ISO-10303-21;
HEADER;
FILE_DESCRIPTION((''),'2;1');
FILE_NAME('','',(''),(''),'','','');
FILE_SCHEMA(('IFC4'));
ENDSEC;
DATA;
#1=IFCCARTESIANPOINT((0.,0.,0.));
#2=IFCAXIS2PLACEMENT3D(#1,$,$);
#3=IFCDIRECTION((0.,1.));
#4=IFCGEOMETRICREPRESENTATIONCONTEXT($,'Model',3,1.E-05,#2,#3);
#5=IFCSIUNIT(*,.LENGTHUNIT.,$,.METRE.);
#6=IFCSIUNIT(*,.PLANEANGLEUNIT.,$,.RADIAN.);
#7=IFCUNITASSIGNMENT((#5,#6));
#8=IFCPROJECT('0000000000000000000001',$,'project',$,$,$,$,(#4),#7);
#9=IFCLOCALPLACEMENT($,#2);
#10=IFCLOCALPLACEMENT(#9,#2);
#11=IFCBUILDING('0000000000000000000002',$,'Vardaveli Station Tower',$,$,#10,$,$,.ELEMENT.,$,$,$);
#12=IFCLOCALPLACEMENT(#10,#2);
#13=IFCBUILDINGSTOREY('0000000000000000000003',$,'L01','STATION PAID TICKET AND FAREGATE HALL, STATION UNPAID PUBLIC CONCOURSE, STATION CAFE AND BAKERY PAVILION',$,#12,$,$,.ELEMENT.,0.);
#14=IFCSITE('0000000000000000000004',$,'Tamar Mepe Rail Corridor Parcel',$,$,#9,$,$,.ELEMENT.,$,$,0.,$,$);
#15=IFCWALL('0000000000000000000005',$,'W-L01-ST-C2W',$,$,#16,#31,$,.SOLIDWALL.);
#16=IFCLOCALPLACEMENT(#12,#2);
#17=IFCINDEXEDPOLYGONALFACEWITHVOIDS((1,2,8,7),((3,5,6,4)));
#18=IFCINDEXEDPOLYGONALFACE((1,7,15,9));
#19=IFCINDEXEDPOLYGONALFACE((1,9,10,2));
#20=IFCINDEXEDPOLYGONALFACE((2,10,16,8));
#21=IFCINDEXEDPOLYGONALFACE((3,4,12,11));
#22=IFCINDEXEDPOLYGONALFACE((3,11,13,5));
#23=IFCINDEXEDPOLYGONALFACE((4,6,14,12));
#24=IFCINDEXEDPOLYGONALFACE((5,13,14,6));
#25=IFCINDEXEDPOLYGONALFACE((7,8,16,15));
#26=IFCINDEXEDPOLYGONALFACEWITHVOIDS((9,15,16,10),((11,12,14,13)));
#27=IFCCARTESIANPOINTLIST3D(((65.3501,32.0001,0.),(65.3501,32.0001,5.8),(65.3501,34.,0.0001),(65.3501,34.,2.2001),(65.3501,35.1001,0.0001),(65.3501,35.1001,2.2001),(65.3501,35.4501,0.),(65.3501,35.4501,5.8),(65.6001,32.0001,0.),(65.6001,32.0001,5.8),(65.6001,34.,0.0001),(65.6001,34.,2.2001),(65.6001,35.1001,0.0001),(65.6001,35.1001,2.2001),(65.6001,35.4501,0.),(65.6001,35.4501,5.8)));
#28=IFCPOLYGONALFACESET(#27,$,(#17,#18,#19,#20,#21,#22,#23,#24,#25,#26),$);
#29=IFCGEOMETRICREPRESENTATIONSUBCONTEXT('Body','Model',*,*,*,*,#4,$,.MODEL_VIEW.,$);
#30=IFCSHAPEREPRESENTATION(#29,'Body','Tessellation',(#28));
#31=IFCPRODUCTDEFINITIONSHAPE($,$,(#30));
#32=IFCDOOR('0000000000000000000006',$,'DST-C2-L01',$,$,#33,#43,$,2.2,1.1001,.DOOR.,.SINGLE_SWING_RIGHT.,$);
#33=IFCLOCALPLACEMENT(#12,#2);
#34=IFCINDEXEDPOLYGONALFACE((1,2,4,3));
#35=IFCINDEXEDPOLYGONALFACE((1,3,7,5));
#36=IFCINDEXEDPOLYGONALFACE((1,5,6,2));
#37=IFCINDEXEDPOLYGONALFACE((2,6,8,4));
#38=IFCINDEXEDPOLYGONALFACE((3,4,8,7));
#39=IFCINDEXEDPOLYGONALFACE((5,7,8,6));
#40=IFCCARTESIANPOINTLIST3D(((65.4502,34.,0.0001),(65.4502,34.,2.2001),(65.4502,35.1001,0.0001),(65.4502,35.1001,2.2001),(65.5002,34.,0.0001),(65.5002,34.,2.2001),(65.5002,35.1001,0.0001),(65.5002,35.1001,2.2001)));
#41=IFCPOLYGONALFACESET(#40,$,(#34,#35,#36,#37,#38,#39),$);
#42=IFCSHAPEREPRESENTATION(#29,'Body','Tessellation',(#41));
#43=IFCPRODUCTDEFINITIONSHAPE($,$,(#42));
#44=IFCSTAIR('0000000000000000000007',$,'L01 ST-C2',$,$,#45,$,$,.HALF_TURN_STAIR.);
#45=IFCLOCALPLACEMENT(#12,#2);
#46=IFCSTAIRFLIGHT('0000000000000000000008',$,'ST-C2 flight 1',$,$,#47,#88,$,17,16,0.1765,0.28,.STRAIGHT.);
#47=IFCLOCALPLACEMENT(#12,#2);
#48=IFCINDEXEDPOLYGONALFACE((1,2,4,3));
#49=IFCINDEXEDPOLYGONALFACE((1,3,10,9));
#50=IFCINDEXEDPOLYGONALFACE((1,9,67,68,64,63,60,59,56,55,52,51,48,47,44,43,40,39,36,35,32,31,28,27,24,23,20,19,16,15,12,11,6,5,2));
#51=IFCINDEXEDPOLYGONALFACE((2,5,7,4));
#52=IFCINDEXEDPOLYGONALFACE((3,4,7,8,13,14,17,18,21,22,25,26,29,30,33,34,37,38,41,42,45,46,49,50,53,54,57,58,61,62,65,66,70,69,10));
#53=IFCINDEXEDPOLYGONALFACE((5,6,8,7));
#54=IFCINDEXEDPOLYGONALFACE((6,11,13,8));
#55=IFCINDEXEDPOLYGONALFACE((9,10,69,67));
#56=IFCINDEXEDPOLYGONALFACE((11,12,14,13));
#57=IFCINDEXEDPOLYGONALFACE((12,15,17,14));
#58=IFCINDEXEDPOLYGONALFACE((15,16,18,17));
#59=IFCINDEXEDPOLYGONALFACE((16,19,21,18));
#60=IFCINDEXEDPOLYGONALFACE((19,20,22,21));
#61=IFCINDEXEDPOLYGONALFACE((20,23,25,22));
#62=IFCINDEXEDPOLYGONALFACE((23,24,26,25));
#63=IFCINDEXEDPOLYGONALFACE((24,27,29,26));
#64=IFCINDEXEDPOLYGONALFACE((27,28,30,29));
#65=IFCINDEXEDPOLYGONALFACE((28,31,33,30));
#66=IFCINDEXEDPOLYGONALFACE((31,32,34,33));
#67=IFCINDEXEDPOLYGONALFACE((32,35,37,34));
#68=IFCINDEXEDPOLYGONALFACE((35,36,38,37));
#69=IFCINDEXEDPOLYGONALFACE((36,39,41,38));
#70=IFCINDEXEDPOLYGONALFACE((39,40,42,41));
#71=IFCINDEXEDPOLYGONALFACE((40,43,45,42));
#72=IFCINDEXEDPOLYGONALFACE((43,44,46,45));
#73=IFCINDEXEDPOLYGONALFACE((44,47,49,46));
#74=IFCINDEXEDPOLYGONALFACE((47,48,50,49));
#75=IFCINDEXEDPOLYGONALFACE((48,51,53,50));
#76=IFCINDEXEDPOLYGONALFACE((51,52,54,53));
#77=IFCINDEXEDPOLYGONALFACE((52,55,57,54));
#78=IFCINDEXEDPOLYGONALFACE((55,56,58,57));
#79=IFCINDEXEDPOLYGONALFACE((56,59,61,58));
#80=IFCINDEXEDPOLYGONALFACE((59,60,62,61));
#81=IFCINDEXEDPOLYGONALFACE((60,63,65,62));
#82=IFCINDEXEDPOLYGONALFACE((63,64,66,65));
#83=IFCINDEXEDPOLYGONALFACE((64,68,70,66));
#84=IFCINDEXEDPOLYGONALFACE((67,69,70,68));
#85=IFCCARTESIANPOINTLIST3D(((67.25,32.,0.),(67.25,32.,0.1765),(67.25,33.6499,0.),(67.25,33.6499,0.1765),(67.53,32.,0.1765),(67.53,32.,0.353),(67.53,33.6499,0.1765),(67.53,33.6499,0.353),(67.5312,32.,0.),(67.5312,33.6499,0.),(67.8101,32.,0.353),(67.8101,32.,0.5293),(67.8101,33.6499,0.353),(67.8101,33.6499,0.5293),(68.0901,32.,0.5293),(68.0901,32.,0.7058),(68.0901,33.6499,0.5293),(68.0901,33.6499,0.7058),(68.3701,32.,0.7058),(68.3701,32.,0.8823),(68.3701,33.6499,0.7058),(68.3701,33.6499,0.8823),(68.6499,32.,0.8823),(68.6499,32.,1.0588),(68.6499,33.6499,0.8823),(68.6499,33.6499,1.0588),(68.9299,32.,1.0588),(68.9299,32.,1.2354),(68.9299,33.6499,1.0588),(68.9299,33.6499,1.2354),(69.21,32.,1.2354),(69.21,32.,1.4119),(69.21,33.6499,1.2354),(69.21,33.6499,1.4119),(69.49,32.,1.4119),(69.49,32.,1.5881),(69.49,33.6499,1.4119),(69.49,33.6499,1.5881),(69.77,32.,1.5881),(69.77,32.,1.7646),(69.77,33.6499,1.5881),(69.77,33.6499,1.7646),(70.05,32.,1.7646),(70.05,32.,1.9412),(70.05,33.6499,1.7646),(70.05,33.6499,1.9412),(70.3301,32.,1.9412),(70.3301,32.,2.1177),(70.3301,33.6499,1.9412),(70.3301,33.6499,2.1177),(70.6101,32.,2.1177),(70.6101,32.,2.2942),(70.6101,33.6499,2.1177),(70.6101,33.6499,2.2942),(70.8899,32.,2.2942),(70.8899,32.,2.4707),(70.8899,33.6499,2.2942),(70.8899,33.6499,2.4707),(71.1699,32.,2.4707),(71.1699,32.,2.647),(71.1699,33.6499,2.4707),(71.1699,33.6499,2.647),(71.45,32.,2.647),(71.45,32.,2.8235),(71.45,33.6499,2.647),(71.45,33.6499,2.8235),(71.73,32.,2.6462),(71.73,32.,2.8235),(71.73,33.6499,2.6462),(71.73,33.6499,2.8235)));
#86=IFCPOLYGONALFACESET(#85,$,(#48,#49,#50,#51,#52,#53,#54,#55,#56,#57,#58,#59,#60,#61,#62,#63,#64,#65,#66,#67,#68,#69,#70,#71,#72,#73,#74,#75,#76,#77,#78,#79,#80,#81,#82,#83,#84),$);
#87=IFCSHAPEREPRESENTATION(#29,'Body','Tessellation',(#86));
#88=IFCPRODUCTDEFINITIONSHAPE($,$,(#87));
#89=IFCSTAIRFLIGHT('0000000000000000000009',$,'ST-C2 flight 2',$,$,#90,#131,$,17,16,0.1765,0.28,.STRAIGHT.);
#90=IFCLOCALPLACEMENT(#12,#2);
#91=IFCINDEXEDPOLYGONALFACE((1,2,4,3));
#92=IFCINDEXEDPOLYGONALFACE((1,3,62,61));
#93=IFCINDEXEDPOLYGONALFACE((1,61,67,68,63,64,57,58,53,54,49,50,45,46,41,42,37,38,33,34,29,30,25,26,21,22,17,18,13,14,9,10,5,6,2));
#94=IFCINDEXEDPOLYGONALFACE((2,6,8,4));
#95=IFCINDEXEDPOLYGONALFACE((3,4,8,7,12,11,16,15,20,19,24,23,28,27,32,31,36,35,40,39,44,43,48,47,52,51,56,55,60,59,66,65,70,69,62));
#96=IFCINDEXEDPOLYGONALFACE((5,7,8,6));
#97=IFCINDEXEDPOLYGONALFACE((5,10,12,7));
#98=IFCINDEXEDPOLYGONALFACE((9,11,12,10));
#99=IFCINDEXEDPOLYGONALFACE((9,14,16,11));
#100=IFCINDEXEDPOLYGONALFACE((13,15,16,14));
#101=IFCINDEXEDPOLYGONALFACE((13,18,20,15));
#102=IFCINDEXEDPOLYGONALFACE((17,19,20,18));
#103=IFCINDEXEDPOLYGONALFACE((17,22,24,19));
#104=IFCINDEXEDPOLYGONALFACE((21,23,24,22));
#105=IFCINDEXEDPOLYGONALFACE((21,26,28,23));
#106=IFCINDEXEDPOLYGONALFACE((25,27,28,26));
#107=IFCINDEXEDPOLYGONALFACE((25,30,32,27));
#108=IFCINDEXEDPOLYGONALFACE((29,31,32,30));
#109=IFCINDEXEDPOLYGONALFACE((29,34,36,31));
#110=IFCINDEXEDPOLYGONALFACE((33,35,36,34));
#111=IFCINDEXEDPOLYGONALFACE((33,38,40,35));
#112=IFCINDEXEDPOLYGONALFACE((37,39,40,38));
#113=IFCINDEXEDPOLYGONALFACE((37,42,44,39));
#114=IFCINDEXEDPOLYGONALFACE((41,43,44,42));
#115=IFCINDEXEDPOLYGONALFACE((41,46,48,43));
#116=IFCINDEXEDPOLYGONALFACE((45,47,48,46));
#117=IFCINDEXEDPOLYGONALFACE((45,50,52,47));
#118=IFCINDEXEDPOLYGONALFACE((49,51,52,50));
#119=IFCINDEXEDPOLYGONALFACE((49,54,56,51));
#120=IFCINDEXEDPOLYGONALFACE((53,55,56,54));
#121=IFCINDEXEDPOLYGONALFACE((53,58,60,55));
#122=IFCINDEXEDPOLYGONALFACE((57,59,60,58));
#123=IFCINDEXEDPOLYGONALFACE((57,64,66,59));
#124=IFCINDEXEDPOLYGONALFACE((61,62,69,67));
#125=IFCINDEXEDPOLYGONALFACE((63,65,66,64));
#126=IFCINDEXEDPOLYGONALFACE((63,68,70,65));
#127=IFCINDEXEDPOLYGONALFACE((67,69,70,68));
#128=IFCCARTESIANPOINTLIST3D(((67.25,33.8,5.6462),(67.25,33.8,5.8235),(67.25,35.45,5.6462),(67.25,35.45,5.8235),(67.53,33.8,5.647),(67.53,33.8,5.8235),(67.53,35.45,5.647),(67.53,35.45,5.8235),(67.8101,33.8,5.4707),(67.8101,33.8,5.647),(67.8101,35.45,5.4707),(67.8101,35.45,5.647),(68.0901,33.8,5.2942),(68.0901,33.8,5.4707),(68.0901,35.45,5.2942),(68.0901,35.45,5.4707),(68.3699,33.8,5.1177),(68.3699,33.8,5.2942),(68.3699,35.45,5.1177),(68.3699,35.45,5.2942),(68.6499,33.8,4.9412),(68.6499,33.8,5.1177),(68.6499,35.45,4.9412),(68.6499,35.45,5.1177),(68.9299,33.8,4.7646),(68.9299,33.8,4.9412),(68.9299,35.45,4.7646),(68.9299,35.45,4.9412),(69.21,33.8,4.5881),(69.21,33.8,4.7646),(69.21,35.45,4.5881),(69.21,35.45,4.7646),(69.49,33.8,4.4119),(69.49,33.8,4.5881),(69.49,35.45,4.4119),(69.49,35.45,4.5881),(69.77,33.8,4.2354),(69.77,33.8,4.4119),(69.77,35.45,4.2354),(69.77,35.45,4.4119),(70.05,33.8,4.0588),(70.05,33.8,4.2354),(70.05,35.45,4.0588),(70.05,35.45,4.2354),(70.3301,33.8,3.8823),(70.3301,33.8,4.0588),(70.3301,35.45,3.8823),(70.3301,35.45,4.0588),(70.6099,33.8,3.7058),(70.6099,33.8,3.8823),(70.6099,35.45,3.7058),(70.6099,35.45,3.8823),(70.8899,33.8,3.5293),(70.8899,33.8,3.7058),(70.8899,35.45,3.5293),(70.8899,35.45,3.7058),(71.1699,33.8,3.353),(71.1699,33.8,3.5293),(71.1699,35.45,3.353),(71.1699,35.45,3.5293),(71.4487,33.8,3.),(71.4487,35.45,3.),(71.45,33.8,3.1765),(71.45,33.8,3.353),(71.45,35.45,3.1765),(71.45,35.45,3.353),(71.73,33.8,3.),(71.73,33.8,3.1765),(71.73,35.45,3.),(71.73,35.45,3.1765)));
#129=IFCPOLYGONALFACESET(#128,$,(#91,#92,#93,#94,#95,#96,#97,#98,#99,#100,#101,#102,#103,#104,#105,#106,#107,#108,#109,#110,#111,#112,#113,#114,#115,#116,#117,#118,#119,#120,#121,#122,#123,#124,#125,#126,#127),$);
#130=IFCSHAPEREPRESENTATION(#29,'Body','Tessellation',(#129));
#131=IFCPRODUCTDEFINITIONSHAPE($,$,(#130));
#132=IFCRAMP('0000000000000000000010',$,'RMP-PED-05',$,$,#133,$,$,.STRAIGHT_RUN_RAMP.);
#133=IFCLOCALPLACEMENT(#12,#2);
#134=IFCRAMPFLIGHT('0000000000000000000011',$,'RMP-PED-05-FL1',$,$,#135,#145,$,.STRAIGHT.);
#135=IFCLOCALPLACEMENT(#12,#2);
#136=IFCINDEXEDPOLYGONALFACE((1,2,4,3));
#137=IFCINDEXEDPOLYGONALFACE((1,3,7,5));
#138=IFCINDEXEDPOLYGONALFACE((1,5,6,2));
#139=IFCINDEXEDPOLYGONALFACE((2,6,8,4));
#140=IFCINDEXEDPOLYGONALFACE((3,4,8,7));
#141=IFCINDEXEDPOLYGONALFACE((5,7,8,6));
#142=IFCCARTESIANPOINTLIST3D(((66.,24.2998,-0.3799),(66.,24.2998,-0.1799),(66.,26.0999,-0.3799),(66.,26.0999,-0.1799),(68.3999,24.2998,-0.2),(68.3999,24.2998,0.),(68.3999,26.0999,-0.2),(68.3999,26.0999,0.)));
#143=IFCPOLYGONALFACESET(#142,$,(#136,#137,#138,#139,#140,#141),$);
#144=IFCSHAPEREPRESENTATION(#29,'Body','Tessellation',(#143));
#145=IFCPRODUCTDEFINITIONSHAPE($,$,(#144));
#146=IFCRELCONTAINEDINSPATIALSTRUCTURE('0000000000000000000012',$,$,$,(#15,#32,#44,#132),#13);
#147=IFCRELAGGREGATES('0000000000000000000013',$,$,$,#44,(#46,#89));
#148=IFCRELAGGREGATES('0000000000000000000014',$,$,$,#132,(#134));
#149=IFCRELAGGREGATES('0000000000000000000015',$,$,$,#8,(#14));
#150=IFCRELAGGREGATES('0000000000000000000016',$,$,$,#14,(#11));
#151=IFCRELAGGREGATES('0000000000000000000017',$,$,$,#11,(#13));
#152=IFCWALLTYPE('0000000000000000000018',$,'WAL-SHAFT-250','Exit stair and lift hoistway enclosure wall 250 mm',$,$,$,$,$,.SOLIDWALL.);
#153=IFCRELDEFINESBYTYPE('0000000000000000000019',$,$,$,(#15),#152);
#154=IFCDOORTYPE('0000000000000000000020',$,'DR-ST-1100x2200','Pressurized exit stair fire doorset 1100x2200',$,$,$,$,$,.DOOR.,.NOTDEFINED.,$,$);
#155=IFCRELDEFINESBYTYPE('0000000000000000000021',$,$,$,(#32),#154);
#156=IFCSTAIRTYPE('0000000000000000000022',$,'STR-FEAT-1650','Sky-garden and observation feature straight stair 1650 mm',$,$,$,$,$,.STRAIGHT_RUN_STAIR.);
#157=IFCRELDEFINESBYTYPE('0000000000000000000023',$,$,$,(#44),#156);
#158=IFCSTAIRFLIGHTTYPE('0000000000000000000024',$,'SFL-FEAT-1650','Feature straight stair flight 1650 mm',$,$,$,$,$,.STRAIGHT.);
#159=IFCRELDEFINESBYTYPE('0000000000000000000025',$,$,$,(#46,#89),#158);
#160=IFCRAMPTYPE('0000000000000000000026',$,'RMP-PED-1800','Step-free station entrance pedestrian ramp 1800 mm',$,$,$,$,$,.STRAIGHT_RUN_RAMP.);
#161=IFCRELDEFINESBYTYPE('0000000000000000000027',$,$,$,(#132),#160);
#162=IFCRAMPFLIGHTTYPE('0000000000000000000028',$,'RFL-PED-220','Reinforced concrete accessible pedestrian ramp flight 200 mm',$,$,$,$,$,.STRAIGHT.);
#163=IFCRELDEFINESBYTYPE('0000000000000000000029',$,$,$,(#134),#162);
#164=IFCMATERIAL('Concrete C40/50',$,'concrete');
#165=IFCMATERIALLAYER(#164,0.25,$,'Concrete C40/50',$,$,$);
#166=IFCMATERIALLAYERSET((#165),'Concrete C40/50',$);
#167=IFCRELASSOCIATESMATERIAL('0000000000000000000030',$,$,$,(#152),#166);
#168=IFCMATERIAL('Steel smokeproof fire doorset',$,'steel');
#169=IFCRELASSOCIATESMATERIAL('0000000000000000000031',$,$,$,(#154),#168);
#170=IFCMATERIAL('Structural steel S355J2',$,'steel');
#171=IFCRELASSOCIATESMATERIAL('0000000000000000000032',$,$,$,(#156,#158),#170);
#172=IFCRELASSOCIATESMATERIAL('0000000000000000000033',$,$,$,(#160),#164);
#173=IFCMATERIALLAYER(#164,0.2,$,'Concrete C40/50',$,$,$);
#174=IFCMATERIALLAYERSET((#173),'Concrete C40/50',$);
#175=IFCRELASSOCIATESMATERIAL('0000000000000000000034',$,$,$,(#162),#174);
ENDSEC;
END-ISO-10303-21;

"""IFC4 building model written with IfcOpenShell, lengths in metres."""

from ifc_helpers import new_model, si_unit, direction, frame, frame_2d, origin, place, context, subcontext, project, spatial, polyline, rectangle, outline, extrude, source, transform, mapped, material, layer, layer_set, type_object, element, fill, aggregate, save


model = new_model("IFC4")

# Units and contexts
model_context = context("Model", 3, precision=1e-05, world=origin(), true_north=direction((0.0, 1.0)))
body_context = subcontext(model_context, "Body", "Model", "MODEL_VIEW")
ifc_project = project(units=[si_unit("LENGTHUNIT", "METRE"), si_unit("PLANEANGLEUNIT", "RADIAN")], contexts=[model_context])

# Site, building, storey
site_placement = place(None, origin())
site = spatial("IfcSite", under=ifc_project, at=site_placement, Name="Tamar Mepe Rail Corridor Parcel", CompositionType="ELEMENT", RefElevation=0.0)
building_placement = place(site_placement, origin())
building = spatial("IfcBuilding", under=site, at=building_placement, Name="Vardaveli Station Tower", CompositionType="ELEMENT")
storey_placement = place(building_placement, origin())
storey = spatial("IfcBuildingStorey", under=building, at=storey_placement, Name="L01", Description="STATION PAID TICKET AND FAREGATE HALL, STATION UNPAID PUBLIC CONCOURSE, STATION CAFE AND BAKERY PAVILION", CompositionType="ELEMENT", Elevation=0.0)

# Shared definitions
ifc_material_1 = material(Name="Structural steel S355J2", Category="steel")

# Shared definitions
ifc_material_2 = material(Name="Concrete C40/50", Category="concrete")
ifc_layer_1 = layer(ifc_material_2, 0.25, Name="Concrete C40/50")
ifc_layer_set_1 = layer_set([ifc_layer_1], Name="Concrete C40/50")
wall_type = type_object("IfcWallType", Name="WAL-SHAFT-250", Description="Exit stair and lift hoistway enclosure wall 250 mm", PredefinedType="SOLIDWALL", material=ifc_layer_set_1)
shared_shape_1 = source(origin(), body_context, "Body", "SweptSolid", [
    extrude(rectangle(XDim=3.45, YDim=0.25, at=frame_2d((1.7251, 0.0))), origin(), (0.0, 0.0, 1.0), 5.8),
])

# Wall, opening, door
wall_1_placement = place(storey_placement, frame((65.4751, 32.0, 0.0), z_axis=(0.0, 0.0, 1.0), x_axis=(0.0, 1.0, 0.0)))
wall_1 = element("IfcWall", 1, at=wall_1_placement, inside=storey, type_object=wall_type, Name="W-L01-ST-C2W", PredefinedType="SOLIDWALL", context=body_context, shape_type="MappedRepresentation", body=[
    mapped(shared_shape_1, transform((0.0, 0.0, 0.0), scale=1.0)),
])
shared_shape_2 = source(origin(), body_context, "Body", "SweptSolid", [
    extrude(rectangle(XDim=1.1001, YDim=2.2, at=frame_2d((0.55, 1.1001))), frame((0.0, 0.135, 0.0), z_axis=(0.0, -1.0, 0.0), x_axis=(1.0, 0.0, 0.0)), (0.0, 0.0, 1.0), 0.27),
])
opening_placement = place(wall_1_placement, frame((2.0, 0.0, 0.0)))
opening = element("IfcOpeningElement", 2, at=opening_placement, cuts=wall_1, PredefinedType="OPENING", context=body_context, shape_type="MappedRepresentation", body=[
    mapped(shared_shape_2, transform((0.0, 0.0, 0.0), scale=1.0)),
])
ifc_material_3 = material(Name="Steel smokeproof fire doorset", Category="steel")
door_type = type_object("IfcDoorType", Name="DR-ST-1100x2200", Description="Pressurized exit stair fire doorset 1100x2200", OperationType="NOTDEFINED", PredefinedType="DOOR", material=ifc_material_3)
shared_shape_3 = source(origin(), body_context, "Body", "SweptSolid", [
    extrude(rectangle(XDim=1.1001, YDim=2.2, at=frame_2d((0.55, 1.1001))), frame((0.0, 0.0249, 0.0), z_axis=(0.0, -1.0, 0.0), x_axis=(1.0, 0.0, 0.0)), (0.0, 0.0, 1.0), 0.05),
])
door_placement = place(opening_placement, origin())
door = element("IfcDoor", 3, at=door_placement, inside=storey, type_object=door_type, Name="DST-C2-L01", OperationType="SINGLE_SWING_RIGHT", OverallHeight=2.2, OverallWidth=1.1001, PredefinedType="DOOR", context=body_context, shape_type="MappedRepresentation", body=[
    mapped(shared_shape_3, transform((0.0, 0.0, 0.0), scale=1.0)),
])
fill(opening, door)

# Stair, stair flights
stair_type = type_object("IfcStairType", Name="STR-FEAT-1650", Description="Sky-garden and observation feature straight stair 1650 mm", PredefinedType="STRAIGHT_RUN_STAIR", material=ifc_material_1)
stair_placement = place(storey_placement, origin())
stair = element("IfcStair", 4, at=stair_placement, inside=storey, type_object=stair_type, Name="L01 ST-C2", PredefinedType="HALF_TURN_STAIR")
stair_flight_type = type_object("IfcStairFlightType", Name="SFL-FEAT-1650", Description="Feature straight stair flight 1650 mm", PredefinedType="STRAIGHT", material=ifc_material_1)
shared_shape_4 = source(origin(), body_context, "Body", "SweptSolid", [
    extrude(outline(polyline([(0.0, 0.0), (0.0, 0.1765), (0.28, 0.1765), (0.28, 0.353), (0.5601, 0.353), (0.5601, 0.5293), (0.8401, 0.5293), (0.8401, 0.7058), (1.1201, 0.7058), (1.1201, 0.8823), (1.3999, 0.8823), (1.3999, 1.0588), (1.6799, 1.0588), (1.6799, 1.2354), (1.96, 1.2354), (1.96, 1.4119), (2.24, 1.4119), (2.24, 1.5881), (2.52, 1.5881), (2.52, 1.7646), (2.8, 1.7646), (2.8, 1.9412), (3.0801, 1.9412), (3.0801, 2.1177), (3.3601, 2.1177), (3.3601, 2.2942), (3.6399, 2.2942), (3.6399, 2.4707), (3.9199, 2.4707), (3.9199, 2.647), (4.2, 2.647), (4.2, 2.8235), (4.48, 2.8235), (4.48, 3.0), (4.48, 2.6462), (0.2812, 0.0), (0.0, 0.0)])), frame((0.0, 0.825, 0.0), z_axis=(0.0, -1.0, 0.0), x_axis=(1.0, 0.0, 0.0)), (0.0, 0.0, 1.0), 1.6499),
])
stair_flight_1_placement = place(storey_placement, frame((67.25, 32.825, 0.0), z_axis=(0.0, 0.0, 1.0), x_axis=(1.0, 0.0, 0.0)))
stair_flight_1 = element("IfcStairFlight", 5, at=stair_flight_1_placement, type_object=stair_flight_type, Name="ST-C2 flight 1", NumberOfRisers=17, NumberOfTreads=16, PredefinedType="STRAIGHT", RiserHeight=0.1765, TreadLength=0.28, context=body_context, shape_type="MappedRepresentation", body=[
    mapped(shared_shape_4, transform((0.0, 0.0, 0.0), scale=1.0)),
])
stair_flight_2_placement = place(storey_placement, frame((71.73, 34.625, 3.0), z_axis=(0.0, 0.0, 1.0), x_axis=(-1.0, 0.0, 0.0)))
stair_flight_2 = element("IfcStairFlight", 6, at=stair_flight_2_placement, type_object=stair_flight_type, Name="ST-C2 flight 2", NumberOfRisers=17, NumberOfTreads=16, PredefinedType="STRAIGHT", RiserHeight=0.1765, TreadLength=0.28, context=body_context, shape_type="MappedRepresentation", body=[
    mapped(shared_shape_4, transform((0.0, 0.0, 0.0), scale=1.0)),
])
aggregate(stair, [stair_flight_1, stair_flight_2])

# Ramp, ramp flight
ramp_type = type_object("IfcRampType", Name="RMP-PED-1800", Description="Step-free station entrance pedestrian ramp 1800 mm", PredefinedType="STRAIGHT_RUN_RAMP", material=ifc_material_2)
ramp_placement = place(storey_placement, origin())
ramp = element("IfcRamp", 7, at=ramp_placement, inside=storey, type_object=ramp_type, Name="RMP-PED-05", PredefinedType="STRAIGHT_RUN_RAMP")
ifc_layer_2 = layer(ifc_material_2, 0.2, Name="Concrete C40/50")
ifc_layer_set_2 = layer_set([ifc_layer_2], Name="Concrete C40/50")
ramp_flight_type = type_object("IfcRampFlightType", Name="RFL-PED-220", Description="Reinforced concrete accessible pedestrian ramp flight 200 mm", PredefinedType="STRAIGHT", material=ifc_layer_set_2)
ramp_flight_placement = place(storey_placement, frame((66.0, 25.2, -0.1799), z_axis=(0.0, 0.0, 1.0), x_axis=(1.0, 0.0, 0.0)))
ramp_flight = element("IfcRampFlight", 8, at=ramp_flight_placement, type_object=ramp_flight_type, Name="RMP-PED-05-FL1", PredefinedType="STRAIGHT", context=body_context, shape_type="SweptSolid", body=[
    extrude(outline(polyline([(0.0, -0.2), (2.3999, -0.02), (2.3999, 0.1799), (0.0, 0.0), (0.0, -0.2)])), frame((0.0, 0.8999, 0.0), z_axis=(0.0, -1.0, 0.0), x_axis=(1.0, 0.0, 0.0)), (0.0, 0.0, 1.0), 1.8),
])
aggregate(ramp, [ramp_flight])

save(model, "model.ifc")
